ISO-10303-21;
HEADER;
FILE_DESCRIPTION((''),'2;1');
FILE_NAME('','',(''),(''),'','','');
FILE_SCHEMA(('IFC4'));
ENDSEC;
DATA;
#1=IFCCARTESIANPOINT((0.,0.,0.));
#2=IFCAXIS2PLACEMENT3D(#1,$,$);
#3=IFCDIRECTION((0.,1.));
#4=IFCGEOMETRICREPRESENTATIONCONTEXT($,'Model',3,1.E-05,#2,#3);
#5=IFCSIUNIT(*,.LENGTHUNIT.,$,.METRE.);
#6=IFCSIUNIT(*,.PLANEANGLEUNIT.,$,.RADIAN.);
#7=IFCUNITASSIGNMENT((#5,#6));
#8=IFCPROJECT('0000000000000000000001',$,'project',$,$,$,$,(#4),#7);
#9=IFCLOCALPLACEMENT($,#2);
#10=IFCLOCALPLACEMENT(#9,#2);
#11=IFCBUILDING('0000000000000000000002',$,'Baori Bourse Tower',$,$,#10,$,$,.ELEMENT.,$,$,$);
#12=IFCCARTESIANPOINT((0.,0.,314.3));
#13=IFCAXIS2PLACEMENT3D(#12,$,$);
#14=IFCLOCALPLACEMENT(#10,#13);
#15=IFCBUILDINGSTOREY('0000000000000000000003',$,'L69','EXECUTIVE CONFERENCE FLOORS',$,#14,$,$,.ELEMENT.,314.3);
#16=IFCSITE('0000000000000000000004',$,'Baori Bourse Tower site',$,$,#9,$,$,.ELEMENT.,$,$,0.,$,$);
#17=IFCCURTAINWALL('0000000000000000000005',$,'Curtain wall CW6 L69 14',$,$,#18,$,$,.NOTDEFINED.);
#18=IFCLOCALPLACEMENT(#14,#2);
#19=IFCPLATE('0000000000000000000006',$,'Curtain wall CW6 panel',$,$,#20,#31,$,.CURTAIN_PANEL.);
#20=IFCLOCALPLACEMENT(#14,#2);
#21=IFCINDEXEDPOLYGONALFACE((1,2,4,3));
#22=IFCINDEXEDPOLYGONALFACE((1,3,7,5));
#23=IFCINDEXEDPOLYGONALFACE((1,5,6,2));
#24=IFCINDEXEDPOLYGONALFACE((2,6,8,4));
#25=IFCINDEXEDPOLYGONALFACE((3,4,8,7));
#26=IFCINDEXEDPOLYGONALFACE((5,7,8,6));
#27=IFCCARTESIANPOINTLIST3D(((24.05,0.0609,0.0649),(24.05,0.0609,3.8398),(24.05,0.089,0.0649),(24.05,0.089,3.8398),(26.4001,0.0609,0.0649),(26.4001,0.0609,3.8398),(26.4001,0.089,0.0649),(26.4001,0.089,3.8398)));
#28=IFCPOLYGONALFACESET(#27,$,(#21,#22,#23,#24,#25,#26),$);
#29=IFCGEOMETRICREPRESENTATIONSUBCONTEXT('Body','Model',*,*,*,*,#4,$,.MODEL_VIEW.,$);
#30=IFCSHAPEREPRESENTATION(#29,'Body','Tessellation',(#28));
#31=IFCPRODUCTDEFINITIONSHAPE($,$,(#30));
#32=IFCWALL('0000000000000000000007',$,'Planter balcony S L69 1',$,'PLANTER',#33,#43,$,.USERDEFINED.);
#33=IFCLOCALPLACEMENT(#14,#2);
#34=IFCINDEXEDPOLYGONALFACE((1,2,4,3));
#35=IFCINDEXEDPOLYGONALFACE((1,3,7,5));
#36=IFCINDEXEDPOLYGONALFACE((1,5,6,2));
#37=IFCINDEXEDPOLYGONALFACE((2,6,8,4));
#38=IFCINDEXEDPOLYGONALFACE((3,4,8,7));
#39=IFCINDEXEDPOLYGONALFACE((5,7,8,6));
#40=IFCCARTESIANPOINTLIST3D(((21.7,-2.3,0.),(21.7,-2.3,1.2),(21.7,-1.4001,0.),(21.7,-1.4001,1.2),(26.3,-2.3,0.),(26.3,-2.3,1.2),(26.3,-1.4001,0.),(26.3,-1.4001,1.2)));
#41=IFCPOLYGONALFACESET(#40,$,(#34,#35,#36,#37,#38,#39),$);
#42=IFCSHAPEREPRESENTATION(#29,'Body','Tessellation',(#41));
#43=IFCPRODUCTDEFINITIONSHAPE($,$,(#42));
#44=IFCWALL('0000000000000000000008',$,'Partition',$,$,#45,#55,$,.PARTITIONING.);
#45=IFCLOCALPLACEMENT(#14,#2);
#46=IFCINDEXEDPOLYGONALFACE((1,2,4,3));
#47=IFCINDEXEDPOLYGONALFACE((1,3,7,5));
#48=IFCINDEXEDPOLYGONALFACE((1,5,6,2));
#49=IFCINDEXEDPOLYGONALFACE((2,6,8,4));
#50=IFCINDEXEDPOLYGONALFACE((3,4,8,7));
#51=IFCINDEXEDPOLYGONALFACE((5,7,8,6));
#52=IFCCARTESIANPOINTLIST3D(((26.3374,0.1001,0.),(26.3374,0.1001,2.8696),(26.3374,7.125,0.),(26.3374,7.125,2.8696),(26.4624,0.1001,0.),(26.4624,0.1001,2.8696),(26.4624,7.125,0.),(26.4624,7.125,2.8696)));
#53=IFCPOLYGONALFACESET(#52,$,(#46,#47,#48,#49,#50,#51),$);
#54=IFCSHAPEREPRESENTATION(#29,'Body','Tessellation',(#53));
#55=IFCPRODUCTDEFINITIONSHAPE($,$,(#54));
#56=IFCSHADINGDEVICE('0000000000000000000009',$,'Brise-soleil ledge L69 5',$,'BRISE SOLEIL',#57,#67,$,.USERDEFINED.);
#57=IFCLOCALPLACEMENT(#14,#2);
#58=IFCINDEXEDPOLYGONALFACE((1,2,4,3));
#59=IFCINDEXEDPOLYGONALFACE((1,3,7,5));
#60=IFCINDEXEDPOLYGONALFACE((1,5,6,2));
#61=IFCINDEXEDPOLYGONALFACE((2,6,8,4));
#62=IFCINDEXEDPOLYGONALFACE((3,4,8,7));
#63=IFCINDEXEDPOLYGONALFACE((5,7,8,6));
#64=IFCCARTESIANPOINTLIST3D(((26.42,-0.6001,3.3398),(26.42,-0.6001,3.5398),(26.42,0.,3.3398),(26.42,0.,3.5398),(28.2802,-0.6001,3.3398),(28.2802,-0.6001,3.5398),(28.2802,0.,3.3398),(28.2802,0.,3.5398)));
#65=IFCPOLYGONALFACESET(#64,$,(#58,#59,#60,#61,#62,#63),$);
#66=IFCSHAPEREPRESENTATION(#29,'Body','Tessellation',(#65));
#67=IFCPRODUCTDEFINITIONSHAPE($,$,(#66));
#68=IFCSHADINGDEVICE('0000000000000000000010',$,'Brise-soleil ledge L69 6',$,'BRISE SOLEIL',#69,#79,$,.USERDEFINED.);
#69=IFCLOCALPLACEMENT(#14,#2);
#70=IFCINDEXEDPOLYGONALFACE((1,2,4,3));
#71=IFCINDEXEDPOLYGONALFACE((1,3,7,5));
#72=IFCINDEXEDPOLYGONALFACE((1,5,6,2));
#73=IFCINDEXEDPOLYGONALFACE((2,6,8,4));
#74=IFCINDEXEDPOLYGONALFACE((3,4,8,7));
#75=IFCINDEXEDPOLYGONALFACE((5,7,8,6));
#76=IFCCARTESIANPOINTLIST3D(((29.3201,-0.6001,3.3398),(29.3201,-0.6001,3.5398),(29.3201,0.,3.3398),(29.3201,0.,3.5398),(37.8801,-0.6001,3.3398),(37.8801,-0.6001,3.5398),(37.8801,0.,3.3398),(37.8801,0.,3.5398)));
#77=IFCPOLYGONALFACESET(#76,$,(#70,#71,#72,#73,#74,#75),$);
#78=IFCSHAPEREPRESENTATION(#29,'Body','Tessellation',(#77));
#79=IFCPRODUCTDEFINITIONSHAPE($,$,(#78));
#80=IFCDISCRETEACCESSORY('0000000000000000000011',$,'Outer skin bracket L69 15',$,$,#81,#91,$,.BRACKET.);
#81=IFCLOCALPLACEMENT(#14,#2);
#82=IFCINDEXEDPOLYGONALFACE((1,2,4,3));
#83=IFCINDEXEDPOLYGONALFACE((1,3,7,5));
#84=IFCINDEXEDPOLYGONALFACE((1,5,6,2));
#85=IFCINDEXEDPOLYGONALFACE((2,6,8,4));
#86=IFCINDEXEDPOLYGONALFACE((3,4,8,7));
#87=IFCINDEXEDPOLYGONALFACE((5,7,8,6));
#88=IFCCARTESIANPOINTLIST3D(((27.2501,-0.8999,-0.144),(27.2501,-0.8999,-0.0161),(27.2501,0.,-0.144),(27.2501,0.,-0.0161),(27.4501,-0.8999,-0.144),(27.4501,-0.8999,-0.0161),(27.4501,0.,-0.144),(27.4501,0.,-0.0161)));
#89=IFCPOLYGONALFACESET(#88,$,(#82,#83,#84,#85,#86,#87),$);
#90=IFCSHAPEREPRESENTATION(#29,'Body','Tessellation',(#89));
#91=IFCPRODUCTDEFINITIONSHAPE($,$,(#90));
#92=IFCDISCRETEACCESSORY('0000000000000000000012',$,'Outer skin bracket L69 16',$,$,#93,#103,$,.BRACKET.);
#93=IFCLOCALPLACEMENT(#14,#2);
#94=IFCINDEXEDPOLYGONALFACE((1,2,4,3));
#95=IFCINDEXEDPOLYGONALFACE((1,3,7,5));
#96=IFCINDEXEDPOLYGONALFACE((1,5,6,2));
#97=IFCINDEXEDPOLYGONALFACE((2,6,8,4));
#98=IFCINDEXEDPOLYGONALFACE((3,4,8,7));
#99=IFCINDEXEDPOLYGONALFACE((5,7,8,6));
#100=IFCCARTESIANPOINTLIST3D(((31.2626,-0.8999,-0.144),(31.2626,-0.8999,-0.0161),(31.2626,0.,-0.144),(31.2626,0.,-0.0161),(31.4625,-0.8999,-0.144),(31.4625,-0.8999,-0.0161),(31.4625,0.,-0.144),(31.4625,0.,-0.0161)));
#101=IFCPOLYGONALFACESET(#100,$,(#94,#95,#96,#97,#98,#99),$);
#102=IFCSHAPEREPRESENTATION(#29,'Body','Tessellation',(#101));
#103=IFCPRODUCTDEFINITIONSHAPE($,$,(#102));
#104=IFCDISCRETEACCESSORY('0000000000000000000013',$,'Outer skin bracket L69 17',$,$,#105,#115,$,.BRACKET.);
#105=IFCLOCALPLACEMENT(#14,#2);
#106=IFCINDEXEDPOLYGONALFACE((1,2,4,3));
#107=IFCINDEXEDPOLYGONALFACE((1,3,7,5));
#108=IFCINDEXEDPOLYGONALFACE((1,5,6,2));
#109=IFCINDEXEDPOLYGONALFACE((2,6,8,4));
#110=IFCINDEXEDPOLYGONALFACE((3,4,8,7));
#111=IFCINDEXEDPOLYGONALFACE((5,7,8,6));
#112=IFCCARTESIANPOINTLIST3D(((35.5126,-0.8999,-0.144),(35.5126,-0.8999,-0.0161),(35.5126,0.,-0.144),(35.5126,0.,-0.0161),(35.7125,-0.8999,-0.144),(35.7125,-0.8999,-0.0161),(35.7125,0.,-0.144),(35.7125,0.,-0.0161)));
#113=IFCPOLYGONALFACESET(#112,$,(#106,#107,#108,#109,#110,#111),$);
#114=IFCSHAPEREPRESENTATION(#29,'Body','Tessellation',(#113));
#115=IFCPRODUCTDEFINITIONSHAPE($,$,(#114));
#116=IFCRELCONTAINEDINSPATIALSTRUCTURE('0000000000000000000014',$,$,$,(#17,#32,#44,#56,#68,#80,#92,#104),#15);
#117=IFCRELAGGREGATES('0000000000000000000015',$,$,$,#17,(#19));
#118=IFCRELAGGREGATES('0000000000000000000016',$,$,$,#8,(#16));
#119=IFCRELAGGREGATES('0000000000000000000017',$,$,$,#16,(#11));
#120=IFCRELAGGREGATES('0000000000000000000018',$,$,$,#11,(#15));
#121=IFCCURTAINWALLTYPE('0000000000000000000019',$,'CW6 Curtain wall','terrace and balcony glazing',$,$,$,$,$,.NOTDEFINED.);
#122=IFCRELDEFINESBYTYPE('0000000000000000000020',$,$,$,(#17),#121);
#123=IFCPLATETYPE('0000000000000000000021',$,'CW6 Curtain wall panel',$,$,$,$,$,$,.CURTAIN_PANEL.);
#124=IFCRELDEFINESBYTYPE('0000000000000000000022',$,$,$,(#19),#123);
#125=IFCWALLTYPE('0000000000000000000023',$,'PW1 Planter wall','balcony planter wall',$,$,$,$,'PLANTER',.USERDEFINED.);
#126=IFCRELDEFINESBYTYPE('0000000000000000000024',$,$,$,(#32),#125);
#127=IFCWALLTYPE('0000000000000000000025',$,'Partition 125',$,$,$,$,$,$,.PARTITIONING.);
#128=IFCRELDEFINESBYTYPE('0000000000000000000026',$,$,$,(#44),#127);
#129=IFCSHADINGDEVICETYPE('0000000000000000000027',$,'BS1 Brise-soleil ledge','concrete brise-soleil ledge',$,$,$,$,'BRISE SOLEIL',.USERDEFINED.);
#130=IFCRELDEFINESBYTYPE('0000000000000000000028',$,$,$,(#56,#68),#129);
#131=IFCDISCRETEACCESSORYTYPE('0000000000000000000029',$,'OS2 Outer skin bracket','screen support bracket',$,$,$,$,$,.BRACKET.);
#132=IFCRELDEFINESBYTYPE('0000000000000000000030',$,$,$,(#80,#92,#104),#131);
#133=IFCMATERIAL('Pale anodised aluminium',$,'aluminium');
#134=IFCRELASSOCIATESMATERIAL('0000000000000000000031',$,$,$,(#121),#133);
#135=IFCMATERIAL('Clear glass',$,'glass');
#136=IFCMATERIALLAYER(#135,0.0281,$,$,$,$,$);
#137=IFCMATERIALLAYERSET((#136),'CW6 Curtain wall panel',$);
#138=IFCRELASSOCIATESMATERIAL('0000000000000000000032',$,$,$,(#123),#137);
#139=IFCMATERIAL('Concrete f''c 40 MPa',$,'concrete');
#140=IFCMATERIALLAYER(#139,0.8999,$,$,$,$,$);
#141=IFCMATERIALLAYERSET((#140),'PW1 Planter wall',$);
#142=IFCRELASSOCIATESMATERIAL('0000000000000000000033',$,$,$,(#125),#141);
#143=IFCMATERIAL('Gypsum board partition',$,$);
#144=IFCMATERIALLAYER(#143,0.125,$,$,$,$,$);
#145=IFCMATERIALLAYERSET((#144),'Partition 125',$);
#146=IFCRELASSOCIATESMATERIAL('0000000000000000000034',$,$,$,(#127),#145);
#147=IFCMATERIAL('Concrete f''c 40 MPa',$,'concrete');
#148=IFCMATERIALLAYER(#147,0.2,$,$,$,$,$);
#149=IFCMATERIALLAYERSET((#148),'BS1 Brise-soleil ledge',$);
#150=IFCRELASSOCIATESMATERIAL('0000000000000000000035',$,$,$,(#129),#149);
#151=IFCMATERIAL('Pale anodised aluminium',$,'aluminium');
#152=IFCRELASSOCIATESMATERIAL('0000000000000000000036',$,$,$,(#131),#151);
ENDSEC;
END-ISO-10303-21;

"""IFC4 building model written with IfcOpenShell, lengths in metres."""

from ifc_helpers import new_model, si_unit, direction, frame, frame_2d, origin, origin_2d, place, context, subcontext, project, spatial, rectangle, extrude, material, layer, layer_set, type_object, element, aggregate, save


model = new_model("IFC4")

# Units and contexts
model_context = context("Model", 3, precision=1e-05, world=origin(), true_north=direction((0.0, 1.0)))
body_context = subcontext(model_context, "Body", "Model", "MODEL_VIEW")
ifc_project = project(units=[si_unit("LENGTHUNIT", "METRE"), si_unit("PLANEANGLEUNIT", "RADIAN")], contexts=[model_context])

# Site, building, storey
site_placement = place(None, origin())
site = spatial("IfcSite", under=ifc_project, at=site_placement, Name="Baori Bourse Tower site", CompositionType="ELEMENT", RefElevation=0.0)
building_placement = place(site_placement, origin())
building = spatial("IfcBuilding", under=site, at=building_placement, Name="Baori Bourse Tower", CompositionType="ELEMENT")
storey_placement = place(building_placement, frame((0.0, 0.0, 314.3)))
storey = spatial("IfcBuildingStorey", under=building, at=storey_placement, Name="L69", Description="EXECUTIVE CONFERENCE FLOORS", CompositionType="ELEMENT", Elevation=314.3)

# Curtain wall
ifc_material_1 = material(Name="Pale anodised aluminium", Category="aluminium")
curtain_wall_type_1 = type_object("IfcCurtainWallType", Name="CW6 Curtain wall", Description="terrace and balcony glazing", PredefinedType="NOTDEFINED", material=ifc_material_1)
curtain_wall_1_placement = place(storey_placement, origin())
curtain_wall_1 = element("IfcCurtainWall", 1, at=curtain_wall_1_placement, inside=storey, type_object=curtain_wall_type_1, Name="Curtain wall CW6 L69 14", PredefinedType="NOTDEFINED")

# Plate
ifc_material_2 = material(Name="Clear glass", Category="glass")
ifc_layer_1 = layer(ifc_material_2, 0.0281)
ifc_layer_set_1 = layer_set([ifc_layer_1], Name="CW6 Curtain wall panel")
plate_type = type_object("IfcPlateType", Name="CW6 Curtain wall panel", PredefinedType="CURTAIN_PANEL", material=ifc_layer_set_1)
plate_placement = place(storey_placement, frame((25.2251, 0.075, 0.0649), z_axis=(0.0, 0.0, 1.0), x_axis=(1.0, 0.0, 0.0)))
plate = element("IfcPlate", 2, at=plate_placement, type_object=plate_type, Name="Curtain wall CW6 panel", PredefinedType="CURTAIN_PANEL", context=body_context, shape_type="SweptSolid", body=[
    extrude(rectangle(XDim=2.3501, YDim=0.0281, at=origin_2d()), origin(), (0.0, 0.0, 1.0), 3.7749),
])
aggregate(curtain_wall_1, [plate])

# Walls
ifc_material_3 = material(Name="Concrete f'c 40 MPa", Category="concrete")
ifc_layer_2 = layer(ifc_material_3, 0.8999)
ifc_layer_set_2 = layer_set([ifc_layer_2], Name="PW1 Planter wall")
wall_type_1 = type_object("IfcWallType", Name="PW1 Planter wall", Description="balcony planter wall", ElementType="PLANTER", PredefinedType="USERDEFINED", material=ifc_layer_set_2)
wall_1_placement = place(storey_placement, frame((21.7, -1.8501, 0.0), z_axis=(0.0, 0.0, 1.0), x_axis=(1.0, 0.0, 0.0)))
element("IfcWall", 3, at=wall_1_placement, inside=storey, type_object=wall_type_1, Name="Planter balcony S L69 1", ObjectType="PLANTER", PredefinedType="USERDEFINED", context=body_context, shape_type="SweptSolid", body=[
    extrude(rectangle(XDim=4.6001, YDim=0.8999, at=frame_2d((2.3, 0.0))), origin(), (0.0, 0.0, 1.0), 1.2),
])
ifc_material_4 = material(Name="Gypsum board partition")
ifc_layer_3 = layer(ifc_material_4, 0.125)
ifc_layer_set_3 = layer_set([ifc_layer_3], Name="Partition 125")
wall_type_2 = type_object("IfcWallType", Name="Partition 125", PredefinedType="PARTITIONING", material=ifc_layer_set_3)
wall_2_placement = place(storey_placement, frame((26.3999, 0.1001, 0.0), z_axis=(0.0, 0.0, 1.0), x_axis=(0.0, 1.0, 0.0)))
element("IfcWall", 4, at=wall_2_placement, inside=storey, type_object=wall_type_2, Name="Partition", PredefinedType="PARTITIONING", context=body_context, shape_type="SweptSolid", body=[
    extrude(rectangle(XDim=7.0249, YDim=0.125, at=frame_2d((3.5125, 0.0))), origin(), (0.0, 0.0, 1.0), 2.8696),
])

# Shading devices
ifc_material_5 = material(Name="Concrete f'c 40 MPa", Category="concrete")
ifc_layer_4 = layer(ifc_material_5, 0.2)
ifc_layer_set_4 = layer_set([ifc_layer_4], Name="BS1 Brise-soleil ledge")
shading_device_type = type_object("IfcShadingDeviceType", Name="BS1 Brise-soleil ledge", Description="concrete brise-soleil ledge", ElementType="BRISE SOLEIL", PredefinedType="USERDEFINED", material=ifc_layer_set_4)
shading_device_1_placement = place(storey_placement, frame((27.3501, -0.3, 3.3398), z_axis=(0.0, 0.0, 1.0), x_axis=(1.0, 0.0, 0.0)))
element("IfcShadingDevice", 5, at=shading_device_1_placement, inside=storey, type_object=shading_device_type, Name="Brise-soleil ledge L69 5", ObjectType="BRISE SOLEIL", PredefinedType="USERDEFINED", context=body_context, shape_type="SweptSolid", body=[
    extrude(rectangle(XDim=1.8601, YDim=0.6001, at=origin_2d()), origin(), (0.0, 0.0, 1.0), 0.2),
])
shading_device_2_placement = place(storey_placement, frame((33.6001, -0.3, 3.3398), z_axis=(0.0, 0.0, 1.0), x_axis=(1.0, 0.0, 0.0)))
element("IfcShadingDevice", 6, at=shading_device_2_placement, inside=storey, type_object=shading_device_type, Name="Brise-soleil ledge L69 6", ObjectType="BRISE SOLEIL", PredefinedType="USERDEFINED", context=body_context, shape_type="SweptSolid", body=[
    extrude(rectangle(XDim=8.5601, YDim=0.6001, at=origin_2d()), origin(), (0.0, 0.0, 1.0), 0.2),
])

# Discrete accessories
ifc_material_6 = material(Name="Pale anodised aluminium", Category="aluminium")
discrete_accessory_type = type_object("IfcDiscreteAccessoryType", Name="OS2 Outer skin bracket", Description="screen support bracket", PredefinedType="BRACKET", material=ifc_material_6)
for number, where, z_axis, x_axis, name in (
    (7, (27.3501, -0.45, -0.144), (0.0, 0.0, 1.0), (1.0, 0.0, 0.0), "Outer skin bracket L69 15"),
    (8, (31.3625, -0.45, -0.144), (0.0, 0.0, 1.0), (1.0, 0.0, 0.0), "Outer skin bracket L69 16"),
    (9, (35.6125, -0.45, -0.144), (0.0, 0.0, 1.0), (1.0, 0.0, 0.0), "Outer skin bracket L69 17"),
):
    element("IfcDiscreteAccessory", number, at=place(storey_placement, frame(where, z_axis=z_axis, x_axis=x_axis)), inside=storey, type_object=discrete_accessory_type, Name=name, PredefinedType="BRACKET", context=body_context, shape_type="SweptSolid", body=[
        extrude(rectangle(XDim=0.2, YDim=0.8999, at=origin_2d()), origin(), (0.0, 0.0, 1.0), 0.1279),
    ])

save(model, "model.ifc")
